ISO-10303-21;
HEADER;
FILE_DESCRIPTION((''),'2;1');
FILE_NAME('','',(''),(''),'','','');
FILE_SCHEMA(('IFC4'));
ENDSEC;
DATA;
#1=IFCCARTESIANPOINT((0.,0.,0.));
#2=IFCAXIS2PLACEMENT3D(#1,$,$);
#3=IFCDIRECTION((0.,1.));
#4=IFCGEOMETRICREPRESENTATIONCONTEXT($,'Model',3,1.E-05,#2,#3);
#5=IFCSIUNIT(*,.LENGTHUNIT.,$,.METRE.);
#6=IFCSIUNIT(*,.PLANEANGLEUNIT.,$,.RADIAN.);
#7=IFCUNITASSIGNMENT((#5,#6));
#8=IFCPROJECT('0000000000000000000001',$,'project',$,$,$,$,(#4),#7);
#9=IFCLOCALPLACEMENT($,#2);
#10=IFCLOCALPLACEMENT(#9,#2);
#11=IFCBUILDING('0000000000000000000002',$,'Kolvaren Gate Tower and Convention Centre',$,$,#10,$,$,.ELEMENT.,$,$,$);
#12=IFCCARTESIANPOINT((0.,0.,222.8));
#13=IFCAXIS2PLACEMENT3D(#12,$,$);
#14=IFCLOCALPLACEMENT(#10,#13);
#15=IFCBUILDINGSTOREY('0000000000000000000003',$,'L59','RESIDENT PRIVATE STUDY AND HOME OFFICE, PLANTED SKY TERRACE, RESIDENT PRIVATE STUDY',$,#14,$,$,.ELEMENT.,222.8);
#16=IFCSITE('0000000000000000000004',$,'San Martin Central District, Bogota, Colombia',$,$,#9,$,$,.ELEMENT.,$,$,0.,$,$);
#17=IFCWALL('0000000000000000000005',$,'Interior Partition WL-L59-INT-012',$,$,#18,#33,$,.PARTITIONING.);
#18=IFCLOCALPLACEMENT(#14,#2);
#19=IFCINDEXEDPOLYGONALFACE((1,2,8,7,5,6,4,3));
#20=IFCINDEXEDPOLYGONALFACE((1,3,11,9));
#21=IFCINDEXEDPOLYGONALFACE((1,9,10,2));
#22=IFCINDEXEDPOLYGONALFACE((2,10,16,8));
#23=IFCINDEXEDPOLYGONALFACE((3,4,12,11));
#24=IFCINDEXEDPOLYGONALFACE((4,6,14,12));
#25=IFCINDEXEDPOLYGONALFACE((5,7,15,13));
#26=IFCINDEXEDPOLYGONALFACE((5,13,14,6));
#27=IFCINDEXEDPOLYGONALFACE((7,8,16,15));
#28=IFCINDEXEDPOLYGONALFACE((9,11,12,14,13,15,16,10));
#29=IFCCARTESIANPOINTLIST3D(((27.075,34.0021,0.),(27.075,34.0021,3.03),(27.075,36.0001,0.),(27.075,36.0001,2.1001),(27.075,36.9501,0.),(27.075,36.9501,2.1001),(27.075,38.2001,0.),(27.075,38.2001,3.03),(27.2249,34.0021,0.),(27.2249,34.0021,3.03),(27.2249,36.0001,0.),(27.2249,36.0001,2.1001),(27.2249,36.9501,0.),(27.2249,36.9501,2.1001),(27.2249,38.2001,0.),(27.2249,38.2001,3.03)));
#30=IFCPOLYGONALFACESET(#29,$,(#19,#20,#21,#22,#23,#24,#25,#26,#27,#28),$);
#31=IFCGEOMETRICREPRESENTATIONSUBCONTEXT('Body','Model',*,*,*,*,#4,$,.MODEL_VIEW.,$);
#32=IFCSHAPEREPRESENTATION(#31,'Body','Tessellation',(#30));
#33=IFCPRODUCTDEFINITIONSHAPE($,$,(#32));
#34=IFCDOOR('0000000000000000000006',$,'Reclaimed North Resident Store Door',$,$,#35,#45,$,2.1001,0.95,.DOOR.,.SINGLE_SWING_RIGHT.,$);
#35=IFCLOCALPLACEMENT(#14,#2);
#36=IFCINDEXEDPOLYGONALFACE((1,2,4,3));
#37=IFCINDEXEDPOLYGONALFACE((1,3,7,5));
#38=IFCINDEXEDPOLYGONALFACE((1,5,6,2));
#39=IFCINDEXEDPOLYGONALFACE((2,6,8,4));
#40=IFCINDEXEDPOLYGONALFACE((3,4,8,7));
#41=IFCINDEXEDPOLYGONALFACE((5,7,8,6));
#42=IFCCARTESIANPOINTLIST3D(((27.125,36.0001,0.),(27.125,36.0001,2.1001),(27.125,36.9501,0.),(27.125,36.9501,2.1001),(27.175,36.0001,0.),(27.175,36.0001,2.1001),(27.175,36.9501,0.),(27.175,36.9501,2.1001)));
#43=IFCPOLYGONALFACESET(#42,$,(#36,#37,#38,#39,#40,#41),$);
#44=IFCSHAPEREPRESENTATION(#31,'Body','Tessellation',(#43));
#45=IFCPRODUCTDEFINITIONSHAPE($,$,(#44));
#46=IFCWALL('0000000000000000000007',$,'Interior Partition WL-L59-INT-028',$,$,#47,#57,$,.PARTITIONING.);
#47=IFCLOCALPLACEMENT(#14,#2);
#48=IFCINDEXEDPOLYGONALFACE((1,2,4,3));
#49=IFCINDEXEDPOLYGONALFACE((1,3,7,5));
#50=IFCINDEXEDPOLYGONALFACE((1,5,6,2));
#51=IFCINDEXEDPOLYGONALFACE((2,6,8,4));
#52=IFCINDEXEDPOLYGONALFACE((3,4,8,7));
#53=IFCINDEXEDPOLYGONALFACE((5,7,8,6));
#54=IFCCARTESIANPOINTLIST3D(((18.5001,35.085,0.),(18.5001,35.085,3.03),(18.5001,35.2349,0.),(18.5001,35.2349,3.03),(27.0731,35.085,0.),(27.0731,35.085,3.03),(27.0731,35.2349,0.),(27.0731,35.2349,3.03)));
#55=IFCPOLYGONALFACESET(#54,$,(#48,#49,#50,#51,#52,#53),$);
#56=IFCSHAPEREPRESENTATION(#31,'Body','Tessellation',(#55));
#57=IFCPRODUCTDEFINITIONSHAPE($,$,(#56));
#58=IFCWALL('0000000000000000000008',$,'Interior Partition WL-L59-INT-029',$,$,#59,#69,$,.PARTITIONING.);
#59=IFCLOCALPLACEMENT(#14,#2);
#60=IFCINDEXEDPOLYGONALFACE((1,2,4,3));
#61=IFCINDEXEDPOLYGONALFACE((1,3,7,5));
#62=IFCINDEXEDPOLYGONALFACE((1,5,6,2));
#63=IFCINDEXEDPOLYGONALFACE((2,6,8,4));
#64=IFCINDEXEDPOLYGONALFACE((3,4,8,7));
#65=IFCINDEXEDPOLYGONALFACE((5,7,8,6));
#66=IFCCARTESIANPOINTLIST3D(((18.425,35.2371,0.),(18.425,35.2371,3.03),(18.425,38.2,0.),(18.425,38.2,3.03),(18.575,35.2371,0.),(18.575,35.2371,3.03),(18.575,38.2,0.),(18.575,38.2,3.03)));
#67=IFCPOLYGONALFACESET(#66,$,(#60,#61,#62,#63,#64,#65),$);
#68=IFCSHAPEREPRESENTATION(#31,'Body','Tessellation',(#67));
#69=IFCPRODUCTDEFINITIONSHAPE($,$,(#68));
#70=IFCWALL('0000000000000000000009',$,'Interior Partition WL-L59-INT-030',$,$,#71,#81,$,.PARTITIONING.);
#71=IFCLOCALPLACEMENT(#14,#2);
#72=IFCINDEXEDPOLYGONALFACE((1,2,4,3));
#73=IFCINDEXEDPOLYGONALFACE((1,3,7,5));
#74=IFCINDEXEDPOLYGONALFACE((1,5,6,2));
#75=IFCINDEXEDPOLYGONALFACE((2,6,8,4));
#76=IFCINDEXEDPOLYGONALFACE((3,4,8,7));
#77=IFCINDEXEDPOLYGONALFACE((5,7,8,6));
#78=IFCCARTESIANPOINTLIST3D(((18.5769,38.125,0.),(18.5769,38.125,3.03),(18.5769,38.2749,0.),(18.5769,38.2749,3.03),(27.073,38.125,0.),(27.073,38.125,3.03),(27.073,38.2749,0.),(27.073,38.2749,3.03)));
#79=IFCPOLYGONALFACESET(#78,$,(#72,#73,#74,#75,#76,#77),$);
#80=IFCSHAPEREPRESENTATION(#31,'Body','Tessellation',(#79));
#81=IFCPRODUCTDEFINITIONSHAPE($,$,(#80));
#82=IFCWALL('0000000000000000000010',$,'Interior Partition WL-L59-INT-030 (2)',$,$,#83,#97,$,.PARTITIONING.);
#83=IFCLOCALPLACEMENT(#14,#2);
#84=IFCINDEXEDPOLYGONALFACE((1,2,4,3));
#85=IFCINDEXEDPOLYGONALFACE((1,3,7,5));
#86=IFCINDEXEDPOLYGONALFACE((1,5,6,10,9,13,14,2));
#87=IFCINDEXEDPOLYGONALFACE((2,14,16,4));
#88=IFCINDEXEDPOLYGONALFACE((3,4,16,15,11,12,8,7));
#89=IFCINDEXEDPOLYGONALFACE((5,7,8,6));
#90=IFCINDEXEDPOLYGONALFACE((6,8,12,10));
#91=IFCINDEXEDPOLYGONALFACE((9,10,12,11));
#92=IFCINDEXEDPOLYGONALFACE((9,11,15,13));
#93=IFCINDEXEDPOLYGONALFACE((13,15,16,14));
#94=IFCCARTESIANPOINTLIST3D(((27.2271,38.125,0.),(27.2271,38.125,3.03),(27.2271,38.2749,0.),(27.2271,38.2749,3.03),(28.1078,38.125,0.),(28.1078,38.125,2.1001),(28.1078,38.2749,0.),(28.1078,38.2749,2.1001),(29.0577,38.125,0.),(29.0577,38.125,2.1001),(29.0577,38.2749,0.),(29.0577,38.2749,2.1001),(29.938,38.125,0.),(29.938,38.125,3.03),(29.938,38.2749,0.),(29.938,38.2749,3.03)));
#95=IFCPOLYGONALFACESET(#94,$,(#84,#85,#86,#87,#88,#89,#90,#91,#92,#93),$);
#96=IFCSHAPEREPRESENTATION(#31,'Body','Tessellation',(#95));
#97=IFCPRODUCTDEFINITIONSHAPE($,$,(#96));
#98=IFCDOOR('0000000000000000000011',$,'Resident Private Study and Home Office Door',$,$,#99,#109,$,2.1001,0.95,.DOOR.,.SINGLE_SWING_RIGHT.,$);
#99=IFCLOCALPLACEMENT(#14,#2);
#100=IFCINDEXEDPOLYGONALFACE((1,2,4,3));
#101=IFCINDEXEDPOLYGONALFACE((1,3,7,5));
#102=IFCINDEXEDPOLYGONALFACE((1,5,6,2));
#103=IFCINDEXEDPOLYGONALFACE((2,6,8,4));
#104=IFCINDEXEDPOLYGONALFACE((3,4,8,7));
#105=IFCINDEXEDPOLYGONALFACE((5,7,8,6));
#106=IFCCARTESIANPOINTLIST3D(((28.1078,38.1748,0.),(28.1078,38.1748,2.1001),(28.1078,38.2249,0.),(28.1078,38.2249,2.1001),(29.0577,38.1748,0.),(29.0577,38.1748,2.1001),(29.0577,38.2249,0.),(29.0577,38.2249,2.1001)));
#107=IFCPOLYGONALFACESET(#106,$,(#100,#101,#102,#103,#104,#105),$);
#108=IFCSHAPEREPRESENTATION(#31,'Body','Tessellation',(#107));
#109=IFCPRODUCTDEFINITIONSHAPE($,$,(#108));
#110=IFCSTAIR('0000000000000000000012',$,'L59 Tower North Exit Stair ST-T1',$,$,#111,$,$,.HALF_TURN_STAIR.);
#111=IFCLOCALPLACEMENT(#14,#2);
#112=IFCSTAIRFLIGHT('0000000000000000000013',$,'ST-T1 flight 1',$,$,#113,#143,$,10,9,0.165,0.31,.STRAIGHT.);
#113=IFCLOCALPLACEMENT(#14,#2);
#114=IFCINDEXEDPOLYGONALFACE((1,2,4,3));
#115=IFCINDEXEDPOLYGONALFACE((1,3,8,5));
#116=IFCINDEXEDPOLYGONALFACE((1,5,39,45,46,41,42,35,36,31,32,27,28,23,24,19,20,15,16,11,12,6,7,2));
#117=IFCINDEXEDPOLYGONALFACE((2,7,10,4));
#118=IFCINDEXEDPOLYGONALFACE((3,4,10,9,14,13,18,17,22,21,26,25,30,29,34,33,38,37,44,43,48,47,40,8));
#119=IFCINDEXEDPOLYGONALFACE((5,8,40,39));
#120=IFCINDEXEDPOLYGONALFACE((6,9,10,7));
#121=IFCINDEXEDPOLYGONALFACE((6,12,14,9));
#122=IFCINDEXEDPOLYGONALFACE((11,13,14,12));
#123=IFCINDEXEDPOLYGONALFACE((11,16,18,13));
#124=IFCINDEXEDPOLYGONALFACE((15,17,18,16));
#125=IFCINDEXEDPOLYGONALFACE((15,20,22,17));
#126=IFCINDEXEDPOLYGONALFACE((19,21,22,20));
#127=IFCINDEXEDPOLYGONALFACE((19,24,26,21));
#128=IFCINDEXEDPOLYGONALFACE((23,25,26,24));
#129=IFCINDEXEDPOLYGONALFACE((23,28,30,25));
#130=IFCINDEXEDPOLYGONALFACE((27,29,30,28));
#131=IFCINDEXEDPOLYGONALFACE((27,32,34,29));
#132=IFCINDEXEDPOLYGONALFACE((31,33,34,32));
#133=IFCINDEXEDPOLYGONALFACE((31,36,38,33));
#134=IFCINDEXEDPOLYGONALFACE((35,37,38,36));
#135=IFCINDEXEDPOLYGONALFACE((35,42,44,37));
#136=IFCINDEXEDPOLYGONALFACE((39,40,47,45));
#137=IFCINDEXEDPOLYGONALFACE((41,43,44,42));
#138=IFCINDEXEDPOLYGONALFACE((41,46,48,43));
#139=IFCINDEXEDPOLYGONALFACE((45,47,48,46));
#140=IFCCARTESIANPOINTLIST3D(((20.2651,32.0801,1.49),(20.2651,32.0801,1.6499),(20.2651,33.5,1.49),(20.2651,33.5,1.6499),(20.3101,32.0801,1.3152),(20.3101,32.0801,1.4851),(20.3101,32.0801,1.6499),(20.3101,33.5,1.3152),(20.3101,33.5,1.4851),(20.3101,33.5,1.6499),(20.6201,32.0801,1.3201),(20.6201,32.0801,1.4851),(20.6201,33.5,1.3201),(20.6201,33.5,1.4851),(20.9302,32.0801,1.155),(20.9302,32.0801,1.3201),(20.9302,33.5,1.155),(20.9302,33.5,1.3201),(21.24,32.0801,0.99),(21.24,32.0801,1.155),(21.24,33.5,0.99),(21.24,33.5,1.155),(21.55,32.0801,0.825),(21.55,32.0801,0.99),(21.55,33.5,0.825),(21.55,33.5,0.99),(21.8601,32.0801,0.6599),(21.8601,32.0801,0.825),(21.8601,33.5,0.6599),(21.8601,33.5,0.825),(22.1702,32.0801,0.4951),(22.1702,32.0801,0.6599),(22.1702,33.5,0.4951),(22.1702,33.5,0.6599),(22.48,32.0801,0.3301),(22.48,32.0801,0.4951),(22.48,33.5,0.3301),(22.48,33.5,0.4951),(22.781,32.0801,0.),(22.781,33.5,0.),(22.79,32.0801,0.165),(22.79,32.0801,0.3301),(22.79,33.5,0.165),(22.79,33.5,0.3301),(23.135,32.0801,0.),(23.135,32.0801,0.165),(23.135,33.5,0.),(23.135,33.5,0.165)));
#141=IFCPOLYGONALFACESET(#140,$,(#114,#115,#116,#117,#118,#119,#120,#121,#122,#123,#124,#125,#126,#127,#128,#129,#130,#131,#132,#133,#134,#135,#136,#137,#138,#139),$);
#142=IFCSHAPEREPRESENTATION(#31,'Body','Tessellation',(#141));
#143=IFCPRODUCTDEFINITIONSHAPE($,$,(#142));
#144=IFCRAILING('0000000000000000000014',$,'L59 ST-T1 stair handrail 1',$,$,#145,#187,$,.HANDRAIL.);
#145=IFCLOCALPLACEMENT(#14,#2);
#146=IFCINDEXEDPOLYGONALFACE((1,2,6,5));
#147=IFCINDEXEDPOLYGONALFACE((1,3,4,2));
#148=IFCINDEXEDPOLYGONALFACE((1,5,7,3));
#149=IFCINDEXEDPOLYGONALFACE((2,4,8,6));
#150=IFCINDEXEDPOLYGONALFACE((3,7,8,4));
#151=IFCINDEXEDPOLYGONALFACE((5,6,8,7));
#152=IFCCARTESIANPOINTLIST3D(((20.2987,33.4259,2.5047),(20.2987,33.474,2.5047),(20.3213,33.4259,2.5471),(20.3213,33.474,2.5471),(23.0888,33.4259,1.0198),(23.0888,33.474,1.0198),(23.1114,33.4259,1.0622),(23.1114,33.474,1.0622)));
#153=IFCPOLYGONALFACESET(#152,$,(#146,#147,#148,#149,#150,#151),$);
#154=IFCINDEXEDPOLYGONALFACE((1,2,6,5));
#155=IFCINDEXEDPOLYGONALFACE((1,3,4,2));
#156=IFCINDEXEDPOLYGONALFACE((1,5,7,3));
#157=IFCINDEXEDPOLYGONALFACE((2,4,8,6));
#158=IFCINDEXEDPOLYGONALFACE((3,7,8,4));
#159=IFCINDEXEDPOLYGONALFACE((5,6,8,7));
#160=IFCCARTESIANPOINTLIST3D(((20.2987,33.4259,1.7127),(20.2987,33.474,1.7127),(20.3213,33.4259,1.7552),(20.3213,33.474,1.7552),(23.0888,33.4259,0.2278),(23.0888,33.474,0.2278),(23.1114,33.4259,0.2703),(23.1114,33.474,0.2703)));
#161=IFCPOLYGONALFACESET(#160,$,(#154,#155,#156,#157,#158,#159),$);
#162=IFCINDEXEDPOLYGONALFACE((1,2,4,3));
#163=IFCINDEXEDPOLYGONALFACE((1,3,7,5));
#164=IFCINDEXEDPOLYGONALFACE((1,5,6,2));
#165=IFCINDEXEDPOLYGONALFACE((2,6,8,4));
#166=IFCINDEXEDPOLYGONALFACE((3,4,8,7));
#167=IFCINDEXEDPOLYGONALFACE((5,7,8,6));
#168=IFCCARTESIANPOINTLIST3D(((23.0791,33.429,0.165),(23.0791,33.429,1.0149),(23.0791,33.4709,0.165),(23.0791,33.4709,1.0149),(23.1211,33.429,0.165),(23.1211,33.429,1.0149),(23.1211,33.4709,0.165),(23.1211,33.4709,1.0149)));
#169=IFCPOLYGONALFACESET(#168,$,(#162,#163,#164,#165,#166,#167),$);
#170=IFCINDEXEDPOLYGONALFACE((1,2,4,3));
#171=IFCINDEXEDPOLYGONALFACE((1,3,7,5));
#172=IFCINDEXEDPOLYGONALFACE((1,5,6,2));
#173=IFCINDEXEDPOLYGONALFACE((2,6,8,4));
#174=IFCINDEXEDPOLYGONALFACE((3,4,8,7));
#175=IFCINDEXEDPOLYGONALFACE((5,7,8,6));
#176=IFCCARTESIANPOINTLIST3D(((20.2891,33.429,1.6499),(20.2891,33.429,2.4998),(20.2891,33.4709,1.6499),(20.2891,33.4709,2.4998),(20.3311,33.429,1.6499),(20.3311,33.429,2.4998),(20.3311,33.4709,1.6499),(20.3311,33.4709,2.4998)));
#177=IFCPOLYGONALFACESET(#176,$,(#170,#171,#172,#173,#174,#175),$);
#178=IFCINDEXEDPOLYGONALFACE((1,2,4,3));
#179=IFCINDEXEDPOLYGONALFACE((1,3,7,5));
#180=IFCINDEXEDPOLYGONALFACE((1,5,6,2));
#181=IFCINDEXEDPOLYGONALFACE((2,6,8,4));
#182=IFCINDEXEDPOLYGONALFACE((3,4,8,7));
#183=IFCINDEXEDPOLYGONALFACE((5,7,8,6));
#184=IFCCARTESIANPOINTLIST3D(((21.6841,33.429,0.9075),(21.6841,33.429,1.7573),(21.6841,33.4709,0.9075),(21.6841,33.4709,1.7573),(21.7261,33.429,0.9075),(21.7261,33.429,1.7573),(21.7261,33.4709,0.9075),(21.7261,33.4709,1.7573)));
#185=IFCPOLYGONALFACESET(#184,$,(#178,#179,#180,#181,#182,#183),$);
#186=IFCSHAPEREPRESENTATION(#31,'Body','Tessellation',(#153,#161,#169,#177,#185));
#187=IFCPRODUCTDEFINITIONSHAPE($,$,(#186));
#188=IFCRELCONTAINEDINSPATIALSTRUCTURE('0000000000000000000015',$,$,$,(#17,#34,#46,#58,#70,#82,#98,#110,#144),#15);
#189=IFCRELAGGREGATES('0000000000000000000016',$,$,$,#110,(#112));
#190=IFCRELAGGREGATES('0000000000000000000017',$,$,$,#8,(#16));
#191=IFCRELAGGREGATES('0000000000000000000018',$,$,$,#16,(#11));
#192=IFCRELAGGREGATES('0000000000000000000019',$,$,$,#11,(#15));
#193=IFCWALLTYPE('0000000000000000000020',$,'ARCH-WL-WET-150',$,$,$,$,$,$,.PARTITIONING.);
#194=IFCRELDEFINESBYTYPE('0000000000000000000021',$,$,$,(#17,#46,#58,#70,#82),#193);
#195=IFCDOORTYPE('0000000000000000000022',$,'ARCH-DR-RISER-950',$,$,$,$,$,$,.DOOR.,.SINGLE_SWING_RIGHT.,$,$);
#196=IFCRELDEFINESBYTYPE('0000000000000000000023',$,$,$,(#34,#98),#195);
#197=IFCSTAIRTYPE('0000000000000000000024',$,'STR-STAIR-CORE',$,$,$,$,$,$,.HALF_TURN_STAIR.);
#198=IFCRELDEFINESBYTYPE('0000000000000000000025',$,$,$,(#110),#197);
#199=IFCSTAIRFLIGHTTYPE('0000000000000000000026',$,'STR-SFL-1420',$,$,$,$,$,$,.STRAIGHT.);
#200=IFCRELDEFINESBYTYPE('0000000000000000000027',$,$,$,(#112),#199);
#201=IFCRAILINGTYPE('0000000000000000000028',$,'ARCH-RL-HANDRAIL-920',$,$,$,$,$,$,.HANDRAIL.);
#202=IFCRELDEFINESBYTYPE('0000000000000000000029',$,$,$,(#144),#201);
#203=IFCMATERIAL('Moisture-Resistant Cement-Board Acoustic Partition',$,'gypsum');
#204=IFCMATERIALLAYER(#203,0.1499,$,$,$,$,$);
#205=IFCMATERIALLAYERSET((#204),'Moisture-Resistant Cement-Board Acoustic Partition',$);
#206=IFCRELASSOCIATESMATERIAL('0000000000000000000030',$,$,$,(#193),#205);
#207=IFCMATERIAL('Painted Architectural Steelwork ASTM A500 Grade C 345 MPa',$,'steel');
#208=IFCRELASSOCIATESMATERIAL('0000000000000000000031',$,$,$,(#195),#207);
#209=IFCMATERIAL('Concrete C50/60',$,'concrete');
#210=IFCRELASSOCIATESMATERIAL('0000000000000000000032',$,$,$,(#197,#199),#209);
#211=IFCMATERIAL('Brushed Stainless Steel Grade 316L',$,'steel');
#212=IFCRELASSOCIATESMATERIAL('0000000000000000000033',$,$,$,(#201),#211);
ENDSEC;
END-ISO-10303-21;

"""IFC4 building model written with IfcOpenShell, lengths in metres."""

from ifc_helpers import new_model, si_unit, direction, frame, frame_2d, origin, origin_2d, place, context, subcontext, project, spatial, polyline, rectangle, outline, extrude, material, layer, layer_set, type_object, element, fill, aggregate, save


model = new_model("IFC4")

# Units and contexts
model_context = context("Model", 3, precision=1e-05, world=origin(), true_north=direction((0.0, 1.0)))
body_context = subcontext(model_context, "Body", "Model", "MODEL_VIEW")
ifc_project = project(units=[si_unit("LENGTHUNIT", "METRE"), si_unit("PLANEANGLEUNIT", "RADIAN")], contexts=[model_context])

# Site, building, storey
site_placement = place(None, origin())
site = spatial("IfcSite", under=ifc_project, at=site_placement, Name="San Martin Central District, Bogota, Colombia", CompositionType="ELEMENT", RefElevation=0.0)
building_placement = place(site_placement, origin())
building = spatial("IfcBuilding", under=site, at=building_placement, Name="Kolvaren Gate Tower and Convention Centre", CompositionType="ELEMENT")
storey_placement = place(building_placement, frame((0.0, 0.0, 222.8)))
storey = spatial("IfcBuildingStorey", under=building, at=storey_placement, Name="L59", Description="RESIDENT PRIVATE STUDY AND HOME OFFICE, PLANTED SKY TERRACE, RESIDENT PRIVATE STUDY", CompositionType="ELEMENT", Elevation=222.8)

# Shared definitions
ifc_material_1 = material(Name="Concrete C50/60", Category="concrete")

# Wall, opening, door
ifc_material_2 = material(Name="Moisture-Resistant Cement-Board Acoustic Partition", Category="gypsum")
ifc_layer_1 = layer(ifc_material_2, 0.1499)
ifc_layer_set_1 = layer_set([ifc_layer_1], Name="Moisture-Resistant Cement-Board Acoustic Partition")
wall_type_1 = type_object("IfcWallType", Name="ARCH-WL-WET-150", PredefinedType="PARTITIONING", material=ifc_layer_set_1)
wall_1_placement = place(storey_placement, frame((27.1499, 34.002, 0.0), z_axis=(0.0, 0.0, 1.0), x_axis=(0.0, 1.0, 0.0)))
wall_1 = element("IfcWall", 1, at=wall_1_placement, inside=storey, type_object=wall_type_1, Name="Interior Partition WL-L59-INT-012", PredefinedType="PARTITIONING", context=body_context, shape_type="SweptSolid", body=[
    extrude(rectangle(XDim=4.198, YDim=0.1499, at=frame_2d((2.0991, 0.0))), origin(), (0.0, 0.0, 1.0), 3.03),
])
opening_1_placement = place(wall_1_placement, frame((1.998, 0.0, 0.0)))
opening_1 = element("IfcOpeningElement", 2, at=opening_1_placement, cuts=wall_1, PredefinedType="OPENING", context=body_context, shape_type="SweptSolid", body=[
    extrude(rectangle(XDim=0.95, YDim=2.1001, at=frame_2d((0.4751, 1.05))), frame((0.0, 0.085, 0.0), z_axis=(0.0, -1.0, 0.0), x_axis=(1.0, 0.0, 0.0)), (0.0, 0.0, 1.0), 0.1699),
])
ifc_material_3 = material(Name="Painted Architectural Steelwork ASTM A500 Grade C 345 MPa", Category="steel")
door_type = type_object("IfcDoorType", Name="ARCH-DR-RISER-950", OperationType="SINGLE_SWING_RIGHT", PredefinedType="DOOR", material=ifc_material_3)
door_1_placement = place(opening_1_placement, origin())
door_1 = element("IfcDoor", 3, at=door_1_placement, inside=storey, type_object=door_type, Name="Reclaimed North Resident Store Door", OperationType="SINGLE_SWING_RIGHT", OverallHeight=2.1001, OverallWidth=0.95, PredefinedType="DOOR", context=body_context, shape_type="SweptSolid", body=[
    extrude(rectangle(XDim=0.95, YDim=2.1001, at=frame_2d((0.4751, 1.05))), frame((0.0, 0.0249, 0.0), z_axis=(0.0, -1.0, 0.0), x_axis=(1.0, 0.0, 0.0)), (0.0, 0.0, 1.0), 0.05),
])
fill(opening_1, door_1)

# Walls
wall_2_placement = place(storey_placement, frame((18.5, 35.1599, 0.0), z_axis=(0.0, 0.0, 1.0), x_axis=(1.0, 0.0, 0.0)))
element("IfcWall", 4, at=wall_2_placement, inside=storey, type_object=wall_type_1, Name="Interior Partition WL-L59-INT-028", PredefinedType="PARTITIONING", context=body_context, shape_type="SweptSolid", body=[
    extrude(rectangle(XDim=8.573, YDim=0.1499, at=frame_2d((4.2866, 0.0))), origin(), (0.0, 0.0, 1.0), 3.03),
])
wall_3_placement = place(storey_placement, frame((18.5, 35.2371, 0.0), z_axis=(0.0, 0.0, 1.0), x_axis=(0.0, 1.0, 0.0)))
element("IfcWall", 5, at=wall_3_placement, inside=storey, type_object=wall_type_1, Name="Interior Partition WL-L59-INT-029", PredefinedType="PARTITIONING", context=body_context, shape_type="SweptSolid", body=[
    extrude(rectangle(XDim=2.9629, YDim=0.1499, at=frame_2d((1.4814, 0.0))), origin(), (0.0, 0.0, 1.0), 3.03),
])
wall_4_placement = place(storey_placement, frame((18.5769, 38.2, 0.0), z_axis=(0.0, 0.0, 1.0), x_axis=(1.0, 0.0, 0.0)))
element("IfcWall", 6, at=wall_4_placement, inside=storey, type_object=wall_type_1, Name="Interior Partition WL-L59-INT-030", PredefinedType="PARTITIONING", context=body_context, shape_type="SweptSolid", body=[
    extrude(rectangle(XDim=8.4961, YDim=0.1499, at=frame_2d((4.248, 0.0))), origin(), (0.0, 0.0, 1.0), 3.03),
])

# Wall, opening, door
wall_5_placement = place(storey_placement, frame((27.2271, 38.2, 0.0), z_axis=(0.0, 0.0, 1.0), x_axis=(1.0, 0.0, 0.0)))
wall_5 = element("IfcWall", 7, at=wall_5_placement, inside=storey, type_object=wall_type_1, Name="Interior Partition WL-L59-INT-030 (2)", PredefinedType="PARTITIONING", context=body_context, shape_type="SweptSolid", body=[
    extrude(rectangle(XDim=2.7109, YDim=0.1499, at=frame_2d((1.3555, 0.0))), origin(), (0.0, 0.0, 1.0), 3.03),
])
opening_2_placement = place(wall_5_placement, frame((0.8806, 0.0, 0.0)))
opening_2 = element("IfcOpeningElement", 8, at=opening_2_placement, cuts=wall_5, PredefinedType="OPENING", context=body_context, shape_type="SweptSolid", body=[
    extrude(rectangle(XDim=0.95, YDim=2.1001, at=frame_2d((0.4751, 1.05))), frame((0.0, 0.085, 0.0), z_axis=(0.0, -1.0, 0.0), x_axis=(1.0, 0.0, 0.0)), (0.0, 0.0, 1.0), 0.1699),
])
door_2_placement = place(opening_2_placement, origin())
door_2 = element("IfcDoor", 9, at=door_2_placement, inside=storey, type_object=door_type, Name="Resident Private Study and Home Office Door", OperationType="SINGLE_SWING_RIGHT", OverallHeight=2.1001, OverallWidth=0.95, PredefinedType="DOOR", context=body_context, shape_type="SweptSolid", body=[
    extrude(rectangle(XDim=0.95, YDim=2.1001, at=frame_2d((0.4751, 1.05))), frame((0.0, 0.0249, 0.0), z_axis=(0.0, -1.0, 0.0), x_axis=(1.0, 0.0, 0.0)), (0.0, 0.0, 1.0), 0.05),
])
fill(opening_2, door_2)

# Stair, stair flight
stair_type = type_object("IfcStairType", Name="STR-STAIR-CORE", PredefinedType="HALF_TURN_STAIR", material=ifc_material_1)
stair_placement = place(storey_placement, origin())
stair = element("IfcStair", 10, at=stair_placement, inside=storey, type_object=stair_type, Name="L59 Tower North Exit Stair ST-T1", PredefinedType="HALF_TURN_STAIR")
stair_flight_type = type_object("IfcStairFlightType", Name="STR-SFL-1420", PredefinedType="STRAIGHT", material=ifc_material_1)
stair_flight_placement = place(storey_placement, frame((23.1001, 32.79, 0.0), z_axis=(0.0, 0.0, 1.0), x_axis=(-1.0, 0.0, 0.0)))
stair_flight = element("IfcStairFlight", 11, at=stair_flight_placement, type_object=stair_flight_type, Name="ST-T1 flight 1", NumberOfRisers=10, NumberOfTreads=9, PredefinedType="STRAIGHT", RiserHeight=0.165, TreadLength=0.31, context=body_context, shape_type="SweptSolid", body=[
    extrude(outline(polyline([(-0.0349, 0.0), (-0.0349, 0.165), (0.3101, 0.165), (0.3101, 0.3301), (0.6201, 0.3301), (0.6201, 0.4951), (0.9299, 0.4951), (0.9299, 0.6599), (1.24, 0.6599), (1.24, 0.825), (1.55, 0.825), (1.55, 0.99), (1.8601, 0.99), (1.8601, 1.155), (2.1699, 1.155), (2.1699, 1.3201), (2.48, 1.3201), (2.48, 1.4851), (2.79, 1.4851), (2.79, 1.6499), (2.835, 1.6499), (2.835, 1.49), (2.79, 1.3152), (0.3191, 0.0), (-0.0349, 0.0)])), frame((0.0, 0.71, 0.0), z_axis=(0.0, -1.0, 0.0), x_axis=(1.0, 0.0, 0.0)), (0.0, 0.0, 1.0), 1.4199),
])
aggregate(stair, [stair_flight])

# Railing
ifc_material_4 = material(Name="Brushed Stainless Steel Grade 316L", Category="steel")
railing_type_1 = type_object("IfcRailingType", Name="ARCH-RL-HANDRAIL-920", PredefinedType="HANDRAIL", material=ifc_material_4)
railing_1_placement = place(storey_placement, frame((23.1001, 33.45, 0.165)))
element("IfcRailing", 12, at=railing_1_placement, inside=storey, type_object=railing_type_1, Name="L59 ST-T1 stair handrail 1", PredefinedType="HANDRAIL", context=body_context, shape_type="SweptSolid", body=[
    extrude(rectangle(XDim=0.0481, YDim=0.0481, at=origin_2d()), frame((0.0, 0.0, 0.876), z_axis=(-0.882767, 0.0, 0.46981), x_axis=(0.0, -1.0, 0.0)), (0.0, 0.0, 1.0), 3.1606),
    extrude(rectangle(XDim=0.0481, YDim=0.0481, at=origin_2d()), frame((0.0, 0.0, 0.084), z_axis=(-0.882767, 0.0, 0.46981), x_axis=(0.0, -1.0, 0.0)), (0.0, 0.0, 1.0), 3.1606),
    extrude(rectangle(XDim=0.042, YDim=0.042, at=origin_2d()), origin(), (0.0, 0.0, 1.0), 0.8499),
    extrude(rectangle(XDim=0.042, YDim=0.042, at=origin_2d()), frame((-2.79, 0.0, 1.4849)), (0.0, 0.0, 1.0), 0.8499),
    extrude(rectangle(XDim=0.042, YDim=0.042, at=origin_2d()), frame((-1.395, 0.0, 0.7424)), (0.0, 0.0, 1.0), 0.8499),
])

save(model, "model.ifc")
